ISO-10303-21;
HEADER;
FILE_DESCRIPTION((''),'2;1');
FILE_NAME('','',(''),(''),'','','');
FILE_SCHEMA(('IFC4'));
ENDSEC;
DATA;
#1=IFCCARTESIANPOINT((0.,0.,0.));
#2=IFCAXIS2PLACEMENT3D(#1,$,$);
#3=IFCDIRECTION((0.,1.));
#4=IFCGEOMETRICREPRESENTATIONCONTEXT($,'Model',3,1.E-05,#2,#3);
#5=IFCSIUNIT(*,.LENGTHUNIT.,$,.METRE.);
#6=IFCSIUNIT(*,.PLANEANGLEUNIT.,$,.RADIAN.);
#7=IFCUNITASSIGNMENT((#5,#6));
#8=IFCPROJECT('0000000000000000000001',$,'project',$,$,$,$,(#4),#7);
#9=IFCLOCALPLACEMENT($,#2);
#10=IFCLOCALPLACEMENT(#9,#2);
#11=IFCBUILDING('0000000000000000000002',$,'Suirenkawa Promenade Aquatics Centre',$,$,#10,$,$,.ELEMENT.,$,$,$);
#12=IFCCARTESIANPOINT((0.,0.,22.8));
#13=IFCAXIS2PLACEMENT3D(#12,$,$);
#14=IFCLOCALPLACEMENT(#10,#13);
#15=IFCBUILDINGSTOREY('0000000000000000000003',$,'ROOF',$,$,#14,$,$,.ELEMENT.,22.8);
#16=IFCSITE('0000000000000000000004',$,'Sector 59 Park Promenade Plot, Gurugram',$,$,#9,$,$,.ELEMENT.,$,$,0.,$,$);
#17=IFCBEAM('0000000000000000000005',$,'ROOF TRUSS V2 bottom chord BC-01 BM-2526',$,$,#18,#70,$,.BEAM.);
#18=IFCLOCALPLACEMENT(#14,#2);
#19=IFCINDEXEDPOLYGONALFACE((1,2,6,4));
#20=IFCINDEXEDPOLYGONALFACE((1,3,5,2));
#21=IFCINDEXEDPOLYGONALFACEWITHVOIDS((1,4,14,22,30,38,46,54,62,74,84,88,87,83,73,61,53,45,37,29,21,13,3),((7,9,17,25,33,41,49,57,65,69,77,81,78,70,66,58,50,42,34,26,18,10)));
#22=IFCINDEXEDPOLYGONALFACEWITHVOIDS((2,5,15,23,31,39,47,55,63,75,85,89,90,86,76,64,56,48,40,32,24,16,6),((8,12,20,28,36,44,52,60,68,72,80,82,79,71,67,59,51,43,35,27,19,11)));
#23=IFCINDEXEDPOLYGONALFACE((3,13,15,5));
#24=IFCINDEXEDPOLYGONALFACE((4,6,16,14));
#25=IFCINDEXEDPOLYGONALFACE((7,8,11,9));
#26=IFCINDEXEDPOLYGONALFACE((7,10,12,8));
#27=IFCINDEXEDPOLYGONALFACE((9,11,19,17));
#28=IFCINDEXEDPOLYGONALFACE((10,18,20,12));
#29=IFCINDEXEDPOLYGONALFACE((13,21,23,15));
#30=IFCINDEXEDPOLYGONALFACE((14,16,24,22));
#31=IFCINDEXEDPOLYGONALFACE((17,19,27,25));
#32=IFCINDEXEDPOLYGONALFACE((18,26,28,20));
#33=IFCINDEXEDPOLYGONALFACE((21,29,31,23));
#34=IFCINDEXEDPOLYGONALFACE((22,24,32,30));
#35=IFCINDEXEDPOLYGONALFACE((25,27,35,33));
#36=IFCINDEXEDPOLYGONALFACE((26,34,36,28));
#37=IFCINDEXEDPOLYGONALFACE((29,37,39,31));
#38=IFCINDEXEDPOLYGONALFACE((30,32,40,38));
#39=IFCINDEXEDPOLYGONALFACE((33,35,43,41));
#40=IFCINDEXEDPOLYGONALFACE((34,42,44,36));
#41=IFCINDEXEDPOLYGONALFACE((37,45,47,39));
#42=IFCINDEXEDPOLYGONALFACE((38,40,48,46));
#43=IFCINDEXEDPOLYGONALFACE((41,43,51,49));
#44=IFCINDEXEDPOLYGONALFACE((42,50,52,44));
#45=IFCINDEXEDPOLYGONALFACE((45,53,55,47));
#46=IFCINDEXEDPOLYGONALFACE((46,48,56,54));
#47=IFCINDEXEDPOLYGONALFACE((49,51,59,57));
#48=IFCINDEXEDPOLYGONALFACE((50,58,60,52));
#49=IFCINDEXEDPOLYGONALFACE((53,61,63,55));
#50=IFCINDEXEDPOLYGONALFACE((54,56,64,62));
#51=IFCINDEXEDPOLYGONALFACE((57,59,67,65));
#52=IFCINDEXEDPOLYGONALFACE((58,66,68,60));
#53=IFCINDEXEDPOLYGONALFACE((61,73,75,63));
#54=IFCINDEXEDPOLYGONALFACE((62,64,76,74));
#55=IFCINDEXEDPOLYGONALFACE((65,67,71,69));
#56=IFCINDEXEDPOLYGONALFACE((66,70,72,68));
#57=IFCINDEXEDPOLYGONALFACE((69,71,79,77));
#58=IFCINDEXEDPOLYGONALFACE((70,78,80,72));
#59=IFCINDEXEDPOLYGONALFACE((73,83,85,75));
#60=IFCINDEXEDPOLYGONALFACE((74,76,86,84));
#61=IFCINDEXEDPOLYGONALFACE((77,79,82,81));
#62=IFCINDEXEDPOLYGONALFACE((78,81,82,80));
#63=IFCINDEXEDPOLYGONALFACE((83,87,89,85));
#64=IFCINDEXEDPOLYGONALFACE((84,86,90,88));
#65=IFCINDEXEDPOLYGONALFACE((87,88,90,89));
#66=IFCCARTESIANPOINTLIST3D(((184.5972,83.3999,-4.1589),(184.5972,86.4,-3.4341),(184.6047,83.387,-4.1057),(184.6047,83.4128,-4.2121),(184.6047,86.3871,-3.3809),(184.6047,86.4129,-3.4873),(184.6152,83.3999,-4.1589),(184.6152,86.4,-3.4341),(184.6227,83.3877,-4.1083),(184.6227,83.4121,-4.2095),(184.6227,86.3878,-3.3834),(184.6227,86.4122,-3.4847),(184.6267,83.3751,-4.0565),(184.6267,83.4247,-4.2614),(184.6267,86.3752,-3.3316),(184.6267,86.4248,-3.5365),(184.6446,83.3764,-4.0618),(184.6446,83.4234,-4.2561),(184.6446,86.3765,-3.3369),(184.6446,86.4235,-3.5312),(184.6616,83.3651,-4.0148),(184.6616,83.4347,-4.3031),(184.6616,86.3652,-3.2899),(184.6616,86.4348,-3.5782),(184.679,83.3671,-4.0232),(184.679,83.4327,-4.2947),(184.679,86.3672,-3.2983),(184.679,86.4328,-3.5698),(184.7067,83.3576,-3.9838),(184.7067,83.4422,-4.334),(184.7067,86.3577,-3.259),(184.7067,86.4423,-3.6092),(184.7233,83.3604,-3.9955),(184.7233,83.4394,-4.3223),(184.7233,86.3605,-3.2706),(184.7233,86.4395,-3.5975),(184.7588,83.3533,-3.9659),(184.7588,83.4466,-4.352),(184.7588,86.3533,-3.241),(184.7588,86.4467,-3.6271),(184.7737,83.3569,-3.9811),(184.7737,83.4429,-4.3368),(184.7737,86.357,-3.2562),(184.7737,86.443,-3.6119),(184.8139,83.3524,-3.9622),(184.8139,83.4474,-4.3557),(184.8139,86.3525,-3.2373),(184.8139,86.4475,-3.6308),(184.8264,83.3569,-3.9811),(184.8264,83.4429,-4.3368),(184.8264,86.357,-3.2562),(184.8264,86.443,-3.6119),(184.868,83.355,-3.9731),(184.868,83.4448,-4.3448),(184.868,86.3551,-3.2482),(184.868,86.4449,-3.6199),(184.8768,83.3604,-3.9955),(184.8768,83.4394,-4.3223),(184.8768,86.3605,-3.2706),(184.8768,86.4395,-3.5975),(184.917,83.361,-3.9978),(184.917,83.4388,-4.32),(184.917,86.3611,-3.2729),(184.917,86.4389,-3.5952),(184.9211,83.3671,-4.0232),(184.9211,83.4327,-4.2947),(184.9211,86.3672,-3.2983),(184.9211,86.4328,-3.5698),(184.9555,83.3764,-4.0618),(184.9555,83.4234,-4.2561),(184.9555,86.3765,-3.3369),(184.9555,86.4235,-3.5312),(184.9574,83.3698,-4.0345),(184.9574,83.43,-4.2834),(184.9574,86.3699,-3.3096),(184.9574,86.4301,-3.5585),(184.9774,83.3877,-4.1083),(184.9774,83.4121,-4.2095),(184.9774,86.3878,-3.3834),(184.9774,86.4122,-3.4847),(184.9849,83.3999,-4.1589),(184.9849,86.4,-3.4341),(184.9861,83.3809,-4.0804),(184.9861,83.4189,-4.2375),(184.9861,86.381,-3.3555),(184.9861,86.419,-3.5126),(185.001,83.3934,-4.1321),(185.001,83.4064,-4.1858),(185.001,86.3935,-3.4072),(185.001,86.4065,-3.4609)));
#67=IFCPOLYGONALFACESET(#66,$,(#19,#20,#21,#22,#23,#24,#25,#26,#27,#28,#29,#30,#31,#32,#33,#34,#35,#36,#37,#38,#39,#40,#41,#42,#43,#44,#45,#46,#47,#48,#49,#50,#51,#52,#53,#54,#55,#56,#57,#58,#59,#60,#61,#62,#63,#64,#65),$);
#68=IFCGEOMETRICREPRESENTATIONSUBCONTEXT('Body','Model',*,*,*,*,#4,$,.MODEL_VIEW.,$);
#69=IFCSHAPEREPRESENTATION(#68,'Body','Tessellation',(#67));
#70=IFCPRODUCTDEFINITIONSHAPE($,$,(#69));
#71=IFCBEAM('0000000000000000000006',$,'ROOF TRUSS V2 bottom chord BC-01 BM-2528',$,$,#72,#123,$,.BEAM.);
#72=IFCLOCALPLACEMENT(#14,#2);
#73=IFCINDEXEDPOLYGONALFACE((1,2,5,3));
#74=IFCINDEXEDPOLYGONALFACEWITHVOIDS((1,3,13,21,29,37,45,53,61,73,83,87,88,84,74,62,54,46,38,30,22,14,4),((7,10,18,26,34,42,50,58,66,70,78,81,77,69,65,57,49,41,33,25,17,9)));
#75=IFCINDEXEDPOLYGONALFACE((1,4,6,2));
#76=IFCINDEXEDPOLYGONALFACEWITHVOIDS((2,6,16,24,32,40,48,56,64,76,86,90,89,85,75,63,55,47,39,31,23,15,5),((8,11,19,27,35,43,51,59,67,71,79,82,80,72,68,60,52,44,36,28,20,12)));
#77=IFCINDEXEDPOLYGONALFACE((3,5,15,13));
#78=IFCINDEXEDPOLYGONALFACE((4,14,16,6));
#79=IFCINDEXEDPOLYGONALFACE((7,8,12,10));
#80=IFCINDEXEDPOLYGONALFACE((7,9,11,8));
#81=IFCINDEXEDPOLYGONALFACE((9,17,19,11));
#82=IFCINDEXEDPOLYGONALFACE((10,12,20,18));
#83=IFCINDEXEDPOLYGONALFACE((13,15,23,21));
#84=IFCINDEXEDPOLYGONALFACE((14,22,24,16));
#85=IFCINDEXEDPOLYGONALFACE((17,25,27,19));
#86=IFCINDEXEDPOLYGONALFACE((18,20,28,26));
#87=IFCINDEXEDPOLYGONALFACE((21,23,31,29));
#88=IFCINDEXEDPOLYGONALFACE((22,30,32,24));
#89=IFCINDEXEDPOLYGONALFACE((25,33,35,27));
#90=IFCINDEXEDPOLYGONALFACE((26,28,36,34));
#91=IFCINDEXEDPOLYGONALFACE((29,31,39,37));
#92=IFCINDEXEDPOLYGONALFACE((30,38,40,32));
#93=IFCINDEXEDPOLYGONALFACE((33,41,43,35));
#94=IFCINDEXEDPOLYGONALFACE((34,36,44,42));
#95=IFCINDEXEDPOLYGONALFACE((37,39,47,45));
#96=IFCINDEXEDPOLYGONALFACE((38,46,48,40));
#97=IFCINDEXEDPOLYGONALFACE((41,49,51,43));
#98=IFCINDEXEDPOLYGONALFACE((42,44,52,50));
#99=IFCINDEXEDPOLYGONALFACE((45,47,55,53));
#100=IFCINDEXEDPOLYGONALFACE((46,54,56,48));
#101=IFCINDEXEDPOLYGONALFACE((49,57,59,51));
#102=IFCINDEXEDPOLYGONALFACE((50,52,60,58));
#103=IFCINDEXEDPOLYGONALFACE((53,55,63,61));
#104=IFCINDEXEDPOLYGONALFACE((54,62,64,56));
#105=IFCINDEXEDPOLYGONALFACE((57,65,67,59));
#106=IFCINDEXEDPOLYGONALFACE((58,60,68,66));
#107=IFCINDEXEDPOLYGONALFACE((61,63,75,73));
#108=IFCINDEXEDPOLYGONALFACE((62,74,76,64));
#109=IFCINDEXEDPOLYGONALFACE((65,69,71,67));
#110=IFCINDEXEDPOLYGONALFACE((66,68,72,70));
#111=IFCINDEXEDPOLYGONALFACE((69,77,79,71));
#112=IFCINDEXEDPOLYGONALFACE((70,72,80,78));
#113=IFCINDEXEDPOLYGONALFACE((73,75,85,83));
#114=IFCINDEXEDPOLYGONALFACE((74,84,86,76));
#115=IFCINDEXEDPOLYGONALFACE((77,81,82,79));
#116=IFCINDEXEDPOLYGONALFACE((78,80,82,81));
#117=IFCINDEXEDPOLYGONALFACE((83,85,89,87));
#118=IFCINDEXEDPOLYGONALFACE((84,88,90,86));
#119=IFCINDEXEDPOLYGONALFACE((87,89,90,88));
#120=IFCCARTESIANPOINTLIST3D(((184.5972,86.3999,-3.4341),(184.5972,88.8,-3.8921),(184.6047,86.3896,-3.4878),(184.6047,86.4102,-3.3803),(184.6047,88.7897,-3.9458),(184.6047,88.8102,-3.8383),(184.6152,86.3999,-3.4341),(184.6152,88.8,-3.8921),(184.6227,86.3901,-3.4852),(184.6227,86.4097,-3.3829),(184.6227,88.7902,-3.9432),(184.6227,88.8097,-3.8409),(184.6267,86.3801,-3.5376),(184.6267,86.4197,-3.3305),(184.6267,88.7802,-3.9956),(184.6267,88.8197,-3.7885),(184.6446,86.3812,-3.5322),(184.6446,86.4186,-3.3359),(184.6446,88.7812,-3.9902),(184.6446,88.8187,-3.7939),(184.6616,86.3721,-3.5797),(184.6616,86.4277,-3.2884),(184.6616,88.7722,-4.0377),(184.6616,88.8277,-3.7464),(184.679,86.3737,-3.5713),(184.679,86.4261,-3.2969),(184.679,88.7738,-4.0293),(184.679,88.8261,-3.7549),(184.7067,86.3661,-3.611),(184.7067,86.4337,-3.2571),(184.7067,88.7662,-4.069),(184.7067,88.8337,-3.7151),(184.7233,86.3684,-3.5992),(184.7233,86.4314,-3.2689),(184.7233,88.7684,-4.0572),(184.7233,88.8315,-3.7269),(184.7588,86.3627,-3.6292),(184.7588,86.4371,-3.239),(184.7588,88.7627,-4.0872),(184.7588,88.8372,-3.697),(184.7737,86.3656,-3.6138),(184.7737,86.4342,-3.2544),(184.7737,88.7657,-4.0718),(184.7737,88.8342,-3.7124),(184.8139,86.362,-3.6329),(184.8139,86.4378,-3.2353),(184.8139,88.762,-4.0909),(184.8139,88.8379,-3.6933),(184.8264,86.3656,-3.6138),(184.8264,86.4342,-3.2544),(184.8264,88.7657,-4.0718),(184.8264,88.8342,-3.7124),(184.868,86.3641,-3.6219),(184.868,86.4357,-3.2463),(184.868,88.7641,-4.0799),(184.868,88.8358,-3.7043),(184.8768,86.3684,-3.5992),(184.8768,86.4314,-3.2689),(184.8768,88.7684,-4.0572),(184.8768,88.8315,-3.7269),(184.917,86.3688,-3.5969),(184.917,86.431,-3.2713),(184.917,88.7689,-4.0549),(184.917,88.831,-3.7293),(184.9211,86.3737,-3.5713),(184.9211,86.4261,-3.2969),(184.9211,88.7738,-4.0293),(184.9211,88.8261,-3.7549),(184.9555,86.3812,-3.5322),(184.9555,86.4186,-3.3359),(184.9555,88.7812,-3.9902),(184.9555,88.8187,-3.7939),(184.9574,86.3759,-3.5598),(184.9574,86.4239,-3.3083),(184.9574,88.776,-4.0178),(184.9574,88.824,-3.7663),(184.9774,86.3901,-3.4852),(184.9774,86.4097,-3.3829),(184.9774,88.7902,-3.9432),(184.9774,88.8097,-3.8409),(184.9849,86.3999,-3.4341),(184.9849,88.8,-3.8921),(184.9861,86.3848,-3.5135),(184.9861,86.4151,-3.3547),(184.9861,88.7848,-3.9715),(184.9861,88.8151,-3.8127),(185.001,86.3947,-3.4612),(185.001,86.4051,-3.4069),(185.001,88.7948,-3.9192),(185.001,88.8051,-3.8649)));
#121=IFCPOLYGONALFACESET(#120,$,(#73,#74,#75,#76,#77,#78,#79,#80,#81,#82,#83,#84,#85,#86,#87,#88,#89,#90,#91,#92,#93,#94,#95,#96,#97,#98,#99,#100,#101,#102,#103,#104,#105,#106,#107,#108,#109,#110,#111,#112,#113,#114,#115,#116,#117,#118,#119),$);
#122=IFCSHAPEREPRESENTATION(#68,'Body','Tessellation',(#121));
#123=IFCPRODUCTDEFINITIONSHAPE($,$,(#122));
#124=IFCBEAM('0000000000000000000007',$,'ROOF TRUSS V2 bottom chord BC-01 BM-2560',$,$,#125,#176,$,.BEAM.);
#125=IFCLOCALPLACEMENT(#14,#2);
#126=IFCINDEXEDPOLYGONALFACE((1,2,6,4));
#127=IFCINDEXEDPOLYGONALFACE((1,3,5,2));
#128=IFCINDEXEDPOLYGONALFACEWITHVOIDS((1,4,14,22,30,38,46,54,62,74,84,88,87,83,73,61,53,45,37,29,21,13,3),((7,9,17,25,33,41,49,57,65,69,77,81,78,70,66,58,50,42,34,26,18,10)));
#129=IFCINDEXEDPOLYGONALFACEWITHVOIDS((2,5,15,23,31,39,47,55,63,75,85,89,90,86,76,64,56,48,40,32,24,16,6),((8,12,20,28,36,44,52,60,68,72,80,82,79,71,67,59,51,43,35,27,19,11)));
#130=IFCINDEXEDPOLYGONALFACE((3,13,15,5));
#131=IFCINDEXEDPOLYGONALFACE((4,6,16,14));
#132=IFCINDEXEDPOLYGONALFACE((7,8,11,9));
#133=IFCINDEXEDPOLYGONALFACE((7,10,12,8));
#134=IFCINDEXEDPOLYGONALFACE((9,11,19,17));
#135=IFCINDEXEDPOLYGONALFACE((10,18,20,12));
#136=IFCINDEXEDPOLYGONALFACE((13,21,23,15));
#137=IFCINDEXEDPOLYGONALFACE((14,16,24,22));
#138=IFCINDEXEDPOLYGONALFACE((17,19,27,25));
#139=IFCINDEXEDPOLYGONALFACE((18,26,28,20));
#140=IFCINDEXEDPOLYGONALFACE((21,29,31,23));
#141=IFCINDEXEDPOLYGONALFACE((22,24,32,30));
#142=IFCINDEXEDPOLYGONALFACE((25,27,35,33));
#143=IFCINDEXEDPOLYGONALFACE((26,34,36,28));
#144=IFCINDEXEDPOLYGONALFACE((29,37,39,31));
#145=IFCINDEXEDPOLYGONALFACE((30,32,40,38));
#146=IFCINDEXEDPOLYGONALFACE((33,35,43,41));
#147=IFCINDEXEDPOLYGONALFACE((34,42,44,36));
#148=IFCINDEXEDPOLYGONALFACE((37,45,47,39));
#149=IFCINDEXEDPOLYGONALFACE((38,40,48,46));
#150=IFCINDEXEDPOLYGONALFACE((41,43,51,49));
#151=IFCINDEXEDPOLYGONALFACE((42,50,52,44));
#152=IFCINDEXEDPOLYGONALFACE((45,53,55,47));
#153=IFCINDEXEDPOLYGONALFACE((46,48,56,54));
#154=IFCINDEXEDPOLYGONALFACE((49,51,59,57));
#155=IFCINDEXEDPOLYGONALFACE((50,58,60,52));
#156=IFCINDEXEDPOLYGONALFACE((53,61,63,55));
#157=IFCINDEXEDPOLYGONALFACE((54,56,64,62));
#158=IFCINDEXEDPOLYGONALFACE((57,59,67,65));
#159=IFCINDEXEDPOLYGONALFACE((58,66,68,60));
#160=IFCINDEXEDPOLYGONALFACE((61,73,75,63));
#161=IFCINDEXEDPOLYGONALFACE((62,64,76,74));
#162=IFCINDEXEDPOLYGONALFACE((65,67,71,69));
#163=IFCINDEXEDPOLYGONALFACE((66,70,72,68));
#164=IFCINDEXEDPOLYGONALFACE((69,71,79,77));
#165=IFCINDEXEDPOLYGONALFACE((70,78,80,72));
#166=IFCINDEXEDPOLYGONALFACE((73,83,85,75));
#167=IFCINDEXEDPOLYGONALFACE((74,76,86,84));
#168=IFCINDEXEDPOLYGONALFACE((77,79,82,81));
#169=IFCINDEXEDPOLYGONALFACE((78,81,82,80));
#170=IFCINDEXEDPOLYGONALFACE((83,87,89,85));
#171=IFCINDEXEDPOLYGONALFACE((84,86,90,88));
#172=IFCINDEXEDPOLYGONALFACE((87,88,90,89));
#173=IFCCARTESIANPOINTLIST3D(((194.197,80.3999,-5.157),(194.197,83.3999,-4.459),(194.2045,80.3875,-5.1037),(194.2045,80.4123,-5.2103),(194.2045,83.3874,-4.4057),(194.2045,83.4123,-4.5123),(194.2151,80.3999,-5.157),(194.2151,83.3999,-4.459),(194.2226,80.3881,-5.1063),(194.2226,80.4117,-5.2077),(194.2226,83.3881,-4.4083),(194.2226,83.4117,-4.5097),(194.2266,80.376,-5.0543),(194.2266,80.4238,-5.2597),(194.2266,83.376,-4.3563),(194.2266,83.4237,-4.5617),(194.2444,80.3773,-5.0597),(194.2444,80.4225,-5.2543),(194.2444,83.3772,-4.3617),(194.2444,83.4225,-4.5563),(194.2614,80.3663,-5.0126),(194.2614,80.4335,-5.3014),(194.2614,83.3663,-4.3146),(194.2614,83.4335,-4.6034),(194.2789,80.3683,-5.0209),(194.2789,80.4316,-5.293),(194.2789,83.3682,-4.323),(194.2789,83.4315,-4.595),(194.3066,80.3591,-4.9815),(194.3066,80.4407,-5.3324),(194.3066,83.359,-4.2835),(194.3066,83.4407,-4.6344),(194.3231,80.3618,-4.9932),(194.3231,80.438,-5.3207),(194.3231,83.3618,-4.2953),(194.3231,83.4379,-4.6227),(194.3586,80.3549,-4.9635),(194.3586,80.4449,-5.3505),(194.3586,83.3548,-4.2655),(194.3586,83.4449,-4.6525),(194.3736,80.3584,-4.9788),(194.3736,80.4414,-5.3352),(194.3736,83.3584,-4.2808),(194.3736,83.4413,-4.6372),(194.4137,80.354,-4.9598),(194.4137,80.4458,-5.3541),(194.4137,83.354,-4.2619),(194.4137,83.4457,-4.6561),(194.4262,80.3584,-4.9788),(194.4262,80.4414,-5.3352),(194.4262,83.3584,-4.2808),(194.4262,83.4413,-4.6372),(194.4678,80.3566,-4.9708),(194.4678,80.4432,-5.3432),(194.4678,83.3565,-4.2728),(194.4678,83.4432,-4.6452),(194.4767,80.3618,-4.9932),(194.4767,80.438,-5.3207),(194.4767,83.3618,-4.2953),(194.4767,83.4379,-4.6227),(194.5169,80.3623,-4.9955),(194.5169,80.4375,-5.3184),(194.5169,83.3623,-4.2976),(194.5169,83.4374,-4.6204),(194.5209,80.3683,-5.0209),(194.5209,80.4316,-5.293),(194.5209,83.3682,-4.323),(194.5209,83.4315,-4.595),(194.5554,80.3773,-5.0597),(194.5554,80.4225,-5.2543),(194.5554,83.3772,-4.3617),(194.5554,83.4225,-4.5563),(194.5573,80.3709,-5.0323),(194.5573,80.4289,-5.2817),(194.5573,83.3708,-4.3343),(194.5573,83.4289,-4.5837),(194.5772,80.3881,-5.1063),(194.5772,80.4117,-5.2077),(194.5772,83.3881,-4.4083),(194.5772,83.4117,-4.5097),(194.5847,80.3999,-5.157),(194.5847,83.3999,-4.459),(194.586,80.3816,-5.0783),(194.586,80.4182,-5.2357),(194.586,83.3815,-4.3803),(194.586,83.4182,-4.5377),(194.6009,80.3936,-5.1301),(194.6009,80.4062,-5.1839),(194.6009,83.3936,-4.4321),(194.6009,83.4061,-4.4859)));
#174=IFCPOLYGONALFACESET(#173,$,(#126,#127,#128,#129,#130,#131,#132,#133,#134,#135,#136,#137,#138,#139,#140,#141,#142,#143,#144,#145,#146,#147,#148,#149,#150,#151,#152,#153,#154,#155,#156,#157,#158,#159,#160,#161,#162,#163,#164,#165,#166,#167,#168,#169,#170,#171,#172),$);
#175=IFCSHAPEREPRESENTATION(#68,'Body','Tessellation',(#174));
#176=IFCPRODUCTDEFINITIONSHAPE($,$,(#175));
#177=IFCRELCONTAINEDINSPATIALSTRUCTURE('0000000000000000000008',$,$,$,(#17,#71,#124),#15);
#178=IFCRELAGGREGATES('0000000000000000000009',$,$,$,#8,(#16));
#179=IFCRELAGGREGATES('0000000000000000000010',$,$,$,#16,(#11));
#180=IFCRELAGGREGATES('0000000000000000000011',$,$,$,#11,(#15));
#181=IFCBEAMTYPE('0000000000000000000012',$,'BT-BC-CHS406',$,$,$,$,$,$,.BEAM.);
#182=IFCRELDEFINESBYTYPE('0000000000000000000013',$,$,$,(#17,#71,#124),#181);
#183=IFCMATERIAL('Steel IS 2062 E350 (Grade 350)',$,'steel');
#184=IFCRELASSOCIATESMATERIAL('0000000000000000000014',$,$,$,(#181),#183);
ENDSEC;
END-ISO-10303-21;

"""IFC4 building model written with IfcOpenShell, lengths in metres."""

from ifc_helpers import new_model, si_unit, direction, frame, origin, origin_2d, place, context, subcontext, project, spatial, hollow_circle, extrude, material, material_profile, profile_set, type_object, element, save


model = new_model("IFC4")

# Units and contexts
model_context = context("Model", 3, precision=1e-05, world=origin(), true_north=direction((0.0, 1.0)))
body_context = subcontext(model_context, "Body", "Model", "MODEL_VIEW")
ifc_project = project(units=[si_unit("LENGTHUNIT", "METRE"), si_unit("PLANEANGLEUNIT", "RADIAN")], contexts=[model_context])

# Site, building, storey
site_placement = place(None, origin())
site = spatial("IfcSite", under=ifc_project, at=site_placement, Name="Sector 59 Park Promenade Plot, Gurugram", CompositionType="ELEMENT", RefElevation=0.0)
building_placement = place(site_placement, origin())
building = spatial("IfcBuilding", under=site, at=building_placement, Name="Suirenkawa Promenade Aquatics Centre", CompositionType="ELEMENT")
storey_placement = place(building_placement, frame((0.0, 0.0, 22.8)))
storey = spatial("IfcBuildingStorey", under=building, at=storey_placement, Name="ROOF", CompositionType="ELEMENT", Elevation=22.8)

# Beams
ifc_material = material(Name="Steel IS 2062 E350 (Grade 350)", Category="steel")
ifc_material_profile_1 = material_profile(ifc_material, hollow_circle(Radius=0.2029, WallThickness=0.0181, at=origin_2d()), Name="CHS 406x18", Category="steel")
ifc_profile_set_1 = profile_set([ifc_material_profile_1], Name="Steel IS 2062 E350 (Grade 350)")
beam_type_1 = type_object("IfcBeamType", Name="BT-BC-CHS406", PredefinedType="BEAM", material=ifc_profile_set_1)
beam_1_placement = place(storey_placement, frame((184.8, 83.3999, -4.1589), z_axis=(0.0, 0.972029, 0.23486), x_axis=(-1.0, 0.0, 0.0)))
element("IfcBeam", 1, at=beam_1_placement, inside=storey, type_object=beam_type_1, Name="ROOF TRUSS V2 bottom chord BC-01 BM-2526", PredefinedType="BEAM", context=body_context, shape_type="SweptSolid", body=[
    extrude(hollow_circle(Radius=0.2029, WallThickness=0.0181, at=origin_2d()), origin(), (0.0, 0.0, 1.0), 3.0864),
])
beam_2_placement = place(storey_placement, frame((184.8, 86.3999, -3.4341), z_axis=(0.0, 0.982276, -0.187443), x_axis=(-1.0, 0.0, 0.0)))
element("IfcBeam", 2, at=beam_2_placement, inside=storey, type_object=beam_type_1, Name="ROOF TRUSS V2 bottom chord BC-01 BM-2528", PredefinedType="BEAM", context=body_context, shape_type="SweptSolid", body=[
    extrude(hollow_circle(Radius=0.2029, WallThickness=0.0181, at=origin_2d()), origin(), (0.0, 0.0, 1.0), 2.4434),
])
beam_3_placement = place(storey_placement, frame((194.3999, 80.3999, -5.157), z_axis=(0.0, 0.973985, 0.226613), x_axis=(-1.0, 0.0, 0.0)))
element("IfcBeam", 3, at=beam_3_placement, inside=storey, type_object=beam_type_1, Name="ROOF TRUSS V2 bottom chord BC-01 BM-2560", PredefinedType="BEAM", context=body_context, shape_type="SweptSolid", body=[
    extrude(hollow_circle(Radius=0.2029, WallThickness=0.0181, at=origin_2d()), origin(), (0.0, 0.0, 1.0), 3.0801),
])

save(model, "model.ifc")
